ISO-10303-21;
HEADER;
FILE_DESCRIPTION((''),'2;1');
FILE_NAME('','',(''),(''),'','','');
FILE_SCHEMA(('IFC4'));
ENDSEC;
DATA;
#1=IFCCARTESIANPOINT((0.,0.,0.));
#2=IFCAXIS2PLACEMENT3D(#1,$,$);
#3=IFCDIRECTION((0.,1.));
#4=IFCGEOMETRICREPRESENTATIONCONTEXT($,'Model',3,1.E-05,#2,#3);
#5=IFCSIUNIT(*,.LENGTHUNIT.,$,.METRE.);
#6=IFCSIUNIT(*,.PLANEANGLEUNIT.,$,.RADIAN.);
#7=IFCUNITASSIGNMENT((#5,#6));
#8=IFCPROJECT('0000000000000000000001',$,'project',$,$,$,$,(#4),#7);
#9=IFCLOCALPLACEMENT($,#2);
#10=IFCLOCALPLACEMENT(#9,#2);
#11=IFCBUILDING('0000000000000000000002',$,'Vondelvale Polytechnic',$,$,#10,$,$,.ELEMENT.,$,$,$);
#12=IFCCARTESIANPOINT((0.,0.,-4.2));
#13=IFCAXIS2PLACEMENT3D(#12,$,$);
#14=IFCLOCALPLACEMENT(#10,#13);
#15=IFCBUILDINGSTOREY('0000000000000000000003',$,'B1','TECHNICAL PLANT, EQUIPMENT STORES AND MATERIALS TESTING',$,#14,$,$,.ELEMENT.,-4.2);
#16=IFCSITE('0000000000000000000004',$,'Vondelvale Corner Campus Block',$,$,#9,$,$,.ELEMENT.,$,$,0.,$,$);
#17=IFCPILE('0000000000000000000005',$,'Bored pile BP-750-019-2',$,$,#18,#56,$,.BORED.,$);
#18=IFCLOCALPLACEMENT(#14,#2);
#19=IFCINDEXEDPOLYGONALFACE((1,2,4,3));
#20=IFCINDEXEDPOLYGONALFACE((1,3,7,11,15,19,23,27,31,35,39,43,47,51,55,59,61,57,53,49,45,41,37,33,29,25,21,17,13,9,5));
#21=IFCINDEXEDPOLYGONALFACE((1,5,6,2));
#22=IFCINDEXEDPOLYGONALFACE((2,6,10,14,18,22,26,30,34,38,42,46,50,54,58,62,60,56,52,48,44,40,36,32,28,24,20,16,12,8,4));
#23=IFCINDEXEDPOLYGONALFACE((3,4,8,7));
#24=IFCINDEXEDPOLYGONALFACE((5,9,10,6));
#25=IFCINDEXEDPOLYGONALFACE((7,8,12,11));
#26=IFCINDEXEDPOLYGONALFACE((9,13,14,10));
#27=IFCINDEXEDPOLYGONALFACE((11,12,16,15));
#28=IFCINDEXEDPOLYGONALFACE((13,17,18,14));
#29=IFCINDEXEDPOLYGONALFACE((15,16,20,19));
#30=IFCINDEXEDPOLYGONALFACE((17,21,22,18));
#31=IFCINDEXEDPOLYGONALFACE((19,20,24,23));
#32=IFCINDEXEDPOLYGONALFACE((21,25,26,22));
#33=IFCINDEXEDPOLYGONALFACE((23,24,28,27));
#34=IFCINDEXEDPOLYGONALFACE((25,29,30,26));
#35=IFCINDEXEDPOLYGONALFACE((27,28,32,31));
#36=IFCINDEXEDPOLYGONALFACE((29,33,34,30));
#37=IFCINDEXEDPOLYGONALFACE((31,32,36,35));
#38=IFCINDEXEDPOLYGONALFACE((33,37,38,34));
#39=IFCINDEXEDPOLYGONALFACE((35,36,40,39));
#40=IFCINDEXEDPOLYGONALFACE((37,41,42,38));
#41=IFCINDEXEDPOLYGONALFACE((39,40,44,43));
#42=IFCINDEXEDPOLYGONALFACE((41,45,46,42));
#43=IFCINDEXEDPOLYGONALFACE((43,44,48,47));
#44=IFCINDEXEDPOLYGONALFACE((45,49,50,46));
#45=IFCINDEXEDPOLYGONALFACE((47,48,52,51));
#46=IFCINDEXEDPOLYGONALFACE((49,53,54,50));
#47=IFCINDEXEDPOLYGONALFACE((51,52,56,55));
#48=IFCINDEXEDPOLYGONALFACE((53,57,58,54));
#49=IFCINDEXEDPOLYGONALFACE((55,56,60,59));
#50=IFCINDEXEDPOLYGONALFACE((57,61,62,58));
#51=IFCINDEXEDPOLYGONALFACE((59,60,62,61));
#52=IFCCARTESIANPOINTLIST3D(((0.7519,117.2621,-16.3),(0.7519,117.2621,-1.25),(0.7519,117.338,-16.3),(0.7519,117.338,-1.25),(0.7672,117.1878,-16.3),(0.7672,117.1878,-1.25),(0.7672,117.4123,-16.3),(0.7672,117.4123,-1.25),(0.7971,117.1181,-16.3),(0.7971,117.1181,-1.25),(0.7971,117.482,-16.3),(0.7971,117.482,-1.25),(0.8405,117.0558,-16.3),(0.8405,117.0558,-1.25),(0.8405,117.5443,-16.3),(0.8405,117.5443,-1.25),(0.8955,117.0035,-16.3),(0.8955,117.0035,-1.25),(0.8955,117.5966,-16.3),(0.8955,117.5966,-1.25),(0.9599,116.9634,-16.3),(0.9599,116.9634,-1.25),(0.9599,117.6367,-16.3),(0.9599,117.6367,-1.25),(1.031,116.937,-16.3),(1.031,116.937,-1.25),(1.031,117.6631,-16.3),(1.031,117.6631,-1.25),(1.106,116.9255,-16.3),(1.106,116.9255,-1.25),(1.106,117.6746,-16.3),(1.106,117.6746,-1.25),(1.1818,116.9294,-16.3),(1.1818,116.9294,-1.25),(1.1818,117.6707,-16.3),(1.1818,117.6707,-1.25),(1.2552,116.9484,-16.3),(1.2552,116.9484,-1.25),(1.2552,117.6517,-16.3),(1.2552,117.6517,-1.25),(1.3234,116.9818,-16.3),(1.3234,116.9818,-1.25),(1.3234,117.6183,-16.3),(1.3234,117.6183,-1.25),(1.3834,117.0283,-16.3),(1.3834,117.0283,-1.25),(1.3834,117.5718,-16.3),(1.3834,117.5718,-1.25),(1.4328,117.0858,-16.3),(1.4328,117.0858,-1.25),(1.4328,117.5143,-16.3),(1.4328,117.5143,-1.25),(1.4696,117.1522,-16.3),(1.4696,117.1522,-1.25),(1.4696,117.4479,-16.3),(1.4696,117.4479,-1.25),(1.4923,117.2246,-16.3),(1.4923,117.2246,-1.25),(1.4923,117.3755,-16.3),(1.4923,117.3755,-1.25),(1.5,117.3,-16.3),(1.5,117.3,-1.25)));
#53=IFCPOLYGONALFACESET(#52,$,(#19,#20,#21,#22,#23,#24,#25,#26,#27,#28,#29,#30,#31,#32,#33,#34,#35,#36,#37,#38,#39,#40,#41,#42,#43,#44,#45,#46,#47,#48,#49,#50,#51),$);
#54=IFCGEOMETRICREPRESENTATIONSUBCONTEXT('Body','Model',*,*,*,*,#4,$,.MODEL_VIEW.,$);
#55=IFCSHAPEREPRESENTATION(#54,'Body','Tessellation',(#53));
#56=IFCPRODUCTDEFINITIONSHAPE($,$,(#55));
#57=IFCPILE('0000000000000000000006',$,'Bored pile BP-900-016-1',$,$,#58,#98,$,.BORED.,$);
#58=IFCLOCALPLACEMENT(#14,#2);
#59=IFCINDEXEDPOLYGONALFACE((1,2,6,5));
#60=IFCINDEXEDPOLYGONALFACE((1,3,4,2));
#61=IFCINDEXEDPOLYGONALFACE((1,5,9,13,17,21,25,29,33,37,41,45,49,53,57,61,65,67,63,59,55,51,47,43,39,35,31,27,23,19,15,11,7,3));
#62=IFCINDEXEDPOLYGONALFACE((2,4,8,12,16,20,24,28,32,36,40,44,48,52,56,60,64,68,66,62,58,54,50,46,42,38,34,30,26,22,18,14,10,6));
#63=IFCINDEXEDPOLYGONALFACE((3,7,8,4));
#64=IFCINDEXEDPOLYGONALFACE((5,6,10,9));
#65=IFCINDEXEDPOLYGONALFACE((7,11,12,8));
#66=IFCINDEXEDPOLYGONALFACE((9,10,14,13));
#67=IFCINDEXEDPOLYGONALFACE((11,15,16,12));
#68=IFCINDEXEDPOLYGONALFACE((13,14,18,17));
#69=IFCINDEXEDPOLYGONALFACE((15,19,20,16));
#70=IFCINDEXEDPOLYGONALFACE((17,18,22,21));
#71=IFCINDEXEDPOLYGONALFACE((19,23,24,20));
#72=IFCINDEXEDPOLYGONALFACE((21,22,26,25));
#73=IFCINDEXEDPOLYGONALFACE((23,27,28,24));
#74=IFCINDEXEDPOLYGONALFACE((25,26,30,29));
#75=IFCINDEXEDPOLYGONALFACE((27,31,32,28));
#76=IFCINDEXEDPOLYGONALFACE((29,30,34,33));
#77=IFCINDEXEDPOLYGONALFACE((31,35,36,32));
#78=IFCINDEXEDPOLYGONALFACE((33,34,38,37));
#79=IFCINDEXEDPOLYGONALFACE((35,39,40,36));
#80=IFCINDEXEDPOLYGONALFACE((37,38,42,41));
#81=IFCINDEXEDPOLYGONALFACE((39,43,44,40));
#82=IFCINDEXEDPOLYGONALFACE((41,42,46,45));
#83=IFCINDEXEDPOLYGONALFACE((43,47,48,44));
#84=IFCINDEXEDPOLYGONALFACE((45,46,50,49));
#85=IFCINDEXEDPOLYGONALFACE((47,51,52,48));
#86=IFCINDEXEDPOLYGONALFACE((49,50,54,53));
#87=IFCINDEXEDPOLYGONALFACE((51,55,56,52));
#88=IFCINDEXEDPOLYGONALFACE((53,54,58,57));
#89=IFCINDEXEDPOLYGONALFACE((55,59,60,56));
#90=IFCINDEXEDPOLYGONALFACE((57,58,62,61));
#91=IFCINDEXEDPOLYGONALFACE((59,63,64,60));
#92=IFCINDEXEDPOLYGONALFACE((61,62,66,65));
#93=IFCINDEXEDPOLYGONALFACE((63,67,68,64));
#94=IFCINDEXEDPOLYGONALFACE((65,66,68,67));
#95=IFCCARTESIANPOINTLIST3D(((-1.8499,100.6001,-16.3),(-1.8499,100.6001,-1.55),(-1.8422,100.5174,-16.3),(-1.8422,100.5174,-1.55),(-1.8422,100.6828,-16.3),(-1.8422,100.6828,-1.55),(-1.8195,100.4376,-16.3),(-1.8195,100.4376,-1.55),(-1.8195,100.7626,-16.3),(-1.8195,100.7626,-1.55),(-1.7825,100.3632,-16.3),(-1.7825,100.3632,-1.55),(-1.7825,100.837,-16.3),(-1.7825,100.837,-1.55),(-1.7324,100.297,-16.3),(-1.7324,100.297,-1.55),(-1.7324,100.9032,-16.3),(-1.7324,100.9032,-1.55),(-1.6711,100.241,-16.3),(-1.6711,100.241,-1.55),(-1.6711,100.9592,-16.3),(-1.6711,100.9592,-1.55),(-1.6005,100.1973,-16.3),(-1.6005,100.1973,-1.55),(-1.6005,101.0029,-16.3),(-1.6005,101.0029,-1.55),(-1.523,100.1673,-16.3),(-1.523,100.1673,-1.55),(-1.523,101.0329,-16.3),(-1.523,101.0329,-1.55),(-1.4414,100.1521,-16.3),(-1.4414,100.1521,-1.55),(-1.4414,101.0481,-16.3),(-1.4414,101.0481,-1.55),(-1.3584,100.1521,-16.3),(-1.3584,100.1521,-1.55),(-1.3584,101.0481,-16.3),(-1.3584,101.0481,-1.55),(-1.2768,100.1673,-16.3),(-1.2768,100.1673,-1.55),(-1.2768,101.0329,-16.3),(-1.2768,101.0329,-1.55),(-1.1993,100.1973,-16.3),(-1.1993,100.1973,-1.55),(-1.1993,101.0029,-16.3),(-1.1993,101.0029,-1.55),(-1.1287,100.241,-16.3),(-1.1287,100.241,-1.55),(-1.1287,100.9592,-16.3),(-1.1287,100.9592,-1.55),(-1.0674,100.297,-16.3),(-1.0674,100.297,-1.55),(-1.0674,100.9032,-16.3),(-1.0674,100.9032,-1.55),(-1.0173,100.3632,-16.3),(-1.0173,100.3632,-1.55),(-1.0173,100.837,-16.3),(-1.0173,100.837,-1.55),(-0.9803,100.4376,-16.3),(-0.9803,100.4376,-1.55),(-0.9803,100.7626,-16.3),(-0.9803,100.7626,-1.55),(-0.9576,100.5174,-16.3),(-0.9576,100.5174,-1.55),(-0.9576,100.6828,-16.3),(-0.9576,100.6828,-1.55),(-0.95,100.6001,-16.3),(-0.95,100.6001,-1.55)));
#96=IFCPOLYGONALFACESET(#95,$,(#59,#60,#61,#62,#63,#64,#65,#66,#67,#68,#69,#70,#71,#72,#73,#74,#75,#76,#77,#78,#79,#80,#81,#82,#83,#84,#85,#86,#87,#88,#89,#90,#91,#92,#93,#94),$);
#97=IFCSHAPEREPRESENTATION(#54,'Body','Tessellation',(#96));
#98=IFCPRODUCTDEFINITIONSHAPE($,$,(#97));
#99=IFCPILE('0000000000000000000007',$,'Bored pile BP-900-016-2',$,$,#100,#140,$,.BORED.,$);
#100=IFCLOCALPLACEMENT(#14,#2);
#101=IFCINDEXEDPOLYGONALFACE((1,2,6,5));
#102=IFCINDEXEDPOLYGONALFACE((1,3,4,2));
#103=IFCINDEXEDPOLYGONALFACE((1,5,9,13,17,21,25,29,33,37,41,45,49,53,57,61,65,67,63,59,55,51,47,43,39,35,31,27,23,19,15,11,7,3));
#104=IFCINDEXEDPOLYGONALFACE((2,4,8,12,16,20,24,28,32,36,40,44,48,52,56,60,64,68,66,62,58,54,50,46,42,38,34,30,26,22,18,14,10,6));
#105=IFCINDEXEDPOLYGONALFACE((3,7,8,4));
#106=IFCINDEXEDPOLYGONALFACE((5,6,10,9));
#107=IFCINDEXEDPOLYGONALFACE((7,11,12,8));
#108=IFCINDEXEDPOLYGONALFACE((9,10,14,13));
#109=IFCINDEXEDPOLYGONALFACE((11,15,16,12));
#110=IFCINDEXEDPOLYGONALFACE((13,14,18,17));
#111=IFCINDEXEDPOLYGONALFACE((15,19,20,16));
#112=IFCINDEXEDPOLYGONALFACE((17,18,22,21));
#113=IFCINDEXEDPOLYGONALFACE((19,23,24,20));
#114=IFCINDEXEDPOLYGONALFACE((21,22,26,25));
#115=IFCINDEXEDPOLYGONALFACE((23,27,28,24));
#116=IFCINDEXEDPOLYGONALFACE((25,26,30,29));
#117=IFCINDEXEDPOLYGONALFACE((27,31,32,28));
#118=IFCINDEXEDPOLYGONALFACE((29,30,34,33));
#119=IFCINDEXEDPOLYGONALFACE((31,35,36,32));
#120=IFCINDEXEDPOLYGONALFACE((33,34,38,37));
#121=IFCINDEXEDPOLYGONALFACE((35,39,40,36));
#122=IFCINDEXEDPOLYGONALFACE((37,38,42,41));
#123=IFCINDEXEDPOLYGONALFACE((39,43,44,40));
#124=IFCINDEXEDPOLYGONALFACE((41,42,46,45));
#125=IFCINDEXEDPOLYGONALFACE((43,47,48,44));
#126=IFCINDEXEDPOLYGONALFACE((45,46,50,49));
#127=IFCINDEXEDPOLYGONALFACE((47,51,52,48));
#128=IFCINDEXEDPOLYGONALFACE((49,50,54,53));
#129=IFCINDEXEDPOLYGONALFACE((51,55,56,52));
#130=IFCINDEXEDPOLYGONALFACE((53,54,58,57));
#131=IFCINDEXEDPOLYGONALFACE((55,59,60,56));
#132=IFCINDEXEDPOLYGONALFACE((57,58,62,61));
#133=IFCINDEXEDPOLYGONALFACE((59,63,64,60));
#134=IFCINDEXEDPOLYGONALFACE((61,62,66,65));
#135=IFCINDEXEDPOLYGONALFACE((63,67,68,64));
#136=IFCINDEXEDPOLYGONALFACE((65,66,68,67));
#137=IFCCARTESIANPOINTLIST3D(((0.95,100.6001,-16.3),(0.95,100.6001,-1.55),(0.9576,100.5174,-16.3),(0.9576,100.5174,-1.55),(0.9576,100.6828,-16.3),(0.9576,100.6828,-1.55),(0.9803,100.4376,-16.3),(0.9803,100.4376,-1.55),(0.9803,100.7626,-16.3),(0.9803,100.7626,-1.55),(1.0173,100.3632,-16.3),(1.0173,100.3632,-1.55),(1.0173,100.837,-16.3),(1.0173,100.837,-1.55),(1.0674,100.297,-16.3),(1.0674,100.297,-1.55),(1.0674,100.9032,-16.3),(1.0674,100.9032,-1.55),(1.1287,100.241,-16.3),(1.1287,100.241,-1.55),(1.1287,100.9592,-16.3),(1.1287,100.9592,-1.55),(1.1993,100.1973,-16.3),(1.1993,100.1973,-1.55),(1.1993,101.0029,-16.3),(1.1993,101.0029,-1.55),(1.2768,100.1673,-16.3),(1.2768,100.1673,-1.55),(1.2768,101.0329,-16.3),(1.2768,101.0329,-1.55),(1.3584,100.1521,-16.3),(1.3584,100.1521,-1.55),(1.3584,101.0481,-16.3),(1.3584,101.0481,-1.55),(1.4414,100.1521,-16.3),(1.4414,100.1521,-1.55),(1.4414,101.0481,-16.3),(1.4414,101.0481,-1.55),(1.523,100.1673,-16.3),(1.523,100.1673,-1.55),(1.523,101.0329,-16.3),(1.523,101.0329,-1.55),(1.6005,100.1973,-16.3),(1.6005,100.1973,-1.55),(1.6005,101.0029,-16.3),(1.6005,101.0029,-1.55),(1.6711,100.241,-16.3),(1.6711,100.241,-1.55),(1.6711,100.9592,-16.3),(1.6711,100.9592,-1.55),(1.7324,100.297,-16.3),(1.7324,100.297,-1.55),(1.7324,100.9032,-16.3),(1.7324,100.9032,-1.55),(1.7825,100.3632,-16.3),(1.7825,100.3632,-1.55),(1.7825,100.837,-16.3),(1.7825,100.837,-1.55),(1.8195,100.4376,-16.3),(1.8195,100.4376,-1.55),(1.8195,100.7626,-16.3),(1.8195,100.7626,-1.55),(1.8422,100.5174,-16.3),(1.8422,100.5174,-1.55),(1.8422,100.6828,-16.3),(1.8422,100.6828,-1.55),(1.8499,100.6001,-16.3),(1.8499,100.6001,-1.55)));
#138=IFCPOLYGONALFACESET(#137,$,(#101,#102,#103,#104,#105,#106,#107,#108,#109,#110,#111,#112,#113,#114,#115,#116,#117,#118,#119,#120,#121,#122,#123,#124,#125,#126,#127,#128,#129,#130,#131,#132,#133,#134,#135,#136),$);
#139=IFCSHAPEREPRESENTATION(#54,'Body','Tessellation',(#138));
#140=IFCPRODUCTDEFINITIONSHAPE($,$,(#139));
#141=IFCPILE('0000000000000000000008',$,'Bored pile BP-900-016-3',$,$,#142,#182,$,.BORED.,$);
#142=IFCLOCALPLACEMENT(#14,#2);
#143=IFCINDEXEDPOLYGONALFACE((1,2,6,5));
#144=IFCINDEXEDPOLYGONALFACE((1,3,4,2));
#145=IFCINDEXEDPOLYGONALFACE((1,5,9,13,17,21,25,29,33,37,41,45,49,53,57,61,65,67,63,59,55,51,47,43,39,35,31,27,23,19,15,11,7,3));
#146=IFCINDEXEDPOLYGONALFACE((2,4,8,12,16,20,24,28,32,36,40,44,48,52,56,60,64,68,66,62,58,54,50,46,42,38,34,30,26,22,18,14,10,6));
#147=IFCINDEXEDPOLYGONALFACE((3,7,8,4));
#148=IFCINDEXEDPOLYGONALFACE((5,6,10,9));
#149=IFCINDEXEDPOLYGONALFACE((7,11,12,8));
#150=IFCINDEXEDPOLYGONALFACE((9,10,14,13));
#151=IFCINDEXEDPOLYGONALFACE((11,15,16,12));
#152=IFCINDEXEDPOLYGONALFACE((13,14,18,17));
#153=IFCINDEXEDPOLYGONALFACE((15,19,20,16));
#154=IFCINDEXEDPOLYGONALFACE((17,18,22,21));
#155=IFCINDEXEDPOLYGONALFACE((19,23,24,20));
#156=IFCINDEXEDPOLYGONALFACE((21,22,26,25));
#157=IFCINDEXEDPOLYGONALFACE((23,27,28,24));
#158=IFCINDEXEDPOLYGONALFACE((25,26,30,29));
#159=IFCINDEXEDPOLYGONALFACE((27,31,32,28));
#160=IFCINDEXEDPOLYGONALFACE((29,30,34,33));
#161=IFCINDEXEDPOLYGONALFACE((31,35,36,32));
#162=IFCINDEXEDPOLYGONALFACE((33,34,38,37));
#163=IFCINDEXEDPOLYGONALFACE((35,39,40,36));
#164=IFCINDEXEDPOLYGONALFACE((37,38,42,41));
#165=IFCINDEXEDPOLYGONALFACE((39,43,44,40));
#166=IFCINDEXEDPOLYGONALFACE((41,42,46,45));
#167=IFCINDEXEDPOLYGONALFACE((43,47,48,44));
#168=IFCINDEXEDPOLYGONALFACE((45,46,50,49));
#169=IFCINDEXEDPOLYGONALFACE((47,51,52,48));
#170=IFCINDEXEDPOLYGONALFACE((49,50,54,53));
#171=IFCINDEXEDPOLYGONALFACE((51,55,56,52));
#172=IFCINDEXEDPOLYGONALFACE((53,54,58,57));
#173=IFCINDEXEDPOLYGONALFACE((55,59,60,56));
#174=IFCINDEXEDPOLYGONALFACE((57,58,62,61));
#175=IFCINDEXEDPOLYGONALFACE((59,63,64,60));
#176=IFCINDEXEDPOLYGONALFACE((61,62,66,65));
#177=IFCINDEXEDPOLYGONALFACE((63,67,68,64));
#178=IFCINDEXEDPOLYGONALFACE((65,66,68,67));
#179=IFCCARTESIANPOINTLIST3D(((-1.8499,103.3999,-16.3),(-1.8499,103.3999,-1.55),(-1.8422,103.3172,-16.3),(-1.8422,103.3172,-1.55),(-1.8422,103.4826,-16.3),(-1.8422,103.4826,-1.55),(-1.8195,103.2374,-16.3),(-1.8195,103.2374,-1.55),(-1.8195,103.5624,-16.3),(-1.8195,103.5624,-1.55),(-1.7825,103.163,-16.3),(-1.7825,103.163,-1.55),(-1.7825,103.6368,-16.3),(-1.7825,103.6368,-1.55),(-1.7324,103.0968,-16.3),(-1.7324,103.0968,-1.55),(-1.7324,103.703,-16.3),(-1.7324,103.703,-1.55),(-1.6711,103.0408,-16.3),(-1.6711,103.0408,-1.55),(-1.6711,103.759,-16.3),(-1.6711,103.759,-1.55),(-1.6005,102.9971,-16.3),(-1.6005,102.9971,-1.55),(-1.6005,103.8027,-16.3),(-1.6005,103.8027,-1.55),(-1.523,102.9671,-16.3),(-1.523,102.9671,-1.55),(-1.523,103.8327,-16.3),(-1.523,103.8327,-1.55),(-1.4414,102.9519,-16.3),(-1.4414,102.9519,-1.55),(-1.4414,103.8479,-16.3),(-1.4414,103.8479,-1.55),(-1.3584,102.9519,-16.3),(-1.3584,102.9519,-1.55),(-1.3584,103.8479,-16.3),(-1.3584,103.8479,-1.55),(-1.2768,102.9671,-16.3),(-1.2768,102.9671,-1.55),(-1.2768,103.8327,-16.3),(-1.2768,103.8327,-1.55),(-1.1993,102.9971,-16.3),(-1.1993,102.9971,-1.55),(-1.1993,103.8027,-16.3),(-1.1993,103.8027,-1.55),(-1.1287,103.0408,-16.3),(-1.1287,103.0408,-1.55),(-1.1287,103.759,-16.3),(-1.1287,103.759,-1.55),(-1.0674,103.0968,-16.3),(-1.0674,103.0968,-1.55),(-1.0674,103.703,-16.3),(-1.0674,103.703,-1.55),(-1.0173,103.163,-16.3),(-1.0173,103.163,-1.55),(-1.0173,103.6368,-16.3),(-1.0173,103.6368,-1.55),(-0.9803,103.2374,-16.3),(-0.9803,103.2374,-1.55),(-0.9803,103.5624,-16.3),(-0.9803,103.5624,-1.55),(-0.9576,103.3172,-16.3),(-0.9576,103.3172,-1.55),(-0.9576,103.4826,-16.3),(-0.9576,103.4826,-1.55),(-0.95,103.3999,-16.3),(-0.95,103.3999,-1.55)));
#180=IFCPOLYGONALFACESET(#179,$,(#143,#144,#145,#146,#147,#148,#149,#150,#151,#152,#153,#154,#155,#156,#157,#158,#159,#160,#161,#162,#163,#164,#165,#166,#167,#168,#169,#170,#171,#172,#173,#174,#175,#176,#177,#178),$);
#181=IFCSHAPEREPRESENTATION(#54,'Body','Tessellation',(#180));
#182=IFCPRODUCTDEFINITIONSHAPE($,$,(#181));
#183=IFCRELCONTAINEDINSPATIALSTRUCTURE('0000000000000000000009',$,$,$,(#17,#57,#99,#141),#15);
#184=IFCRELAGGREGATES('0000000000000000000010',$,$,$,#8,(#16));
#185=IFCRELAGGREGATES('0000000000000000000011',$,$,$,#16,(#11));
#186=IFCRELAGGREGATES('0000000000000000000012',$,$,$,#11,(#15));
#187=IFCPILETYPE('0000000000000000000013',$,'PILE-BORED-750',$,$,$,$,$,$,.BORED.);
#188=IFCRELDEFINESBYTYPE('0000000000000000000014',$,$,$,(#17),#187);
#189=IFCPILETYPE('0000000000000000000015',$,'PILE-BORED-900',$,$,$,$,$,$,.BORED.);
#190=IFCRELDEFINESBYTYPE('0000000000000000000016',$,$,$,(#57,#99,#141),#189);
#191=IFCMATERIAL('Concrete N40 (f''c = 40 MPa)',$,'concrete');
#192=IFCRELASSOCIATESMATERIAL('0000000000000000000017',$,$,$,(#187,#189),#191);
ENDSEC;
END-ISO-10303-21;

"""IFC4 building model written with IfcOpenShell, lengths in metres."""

from ifc_helpers import new_model, si_unit, direction, frame, origin, origin_2d, place, context, subcontext, project, spatial, circle, extrude, material, material_profile, profile_set, type_object, element, save


model = new_model("IFC4")

# Units and contexts
model_context = context("Model", 3, precision=1e-05, world=origin(), true_north=direction((0.0, 1.0)))
body_context = subcontext(model_context, "Body", "Model", "MODEL_VIEW")
ifc_project = project(units=[si_unit("LENGTHUNIT", "METRE"), si_unit("PLANEANGLEUNIT", "RADIAN")], contexts=[model_context])

# Site, building, storey
site_placement = place(None, origin())
site = spatial("IfcSite", under=ifc_project, at=site_placement, Name="Vondelvale Corner Campus Block", CompositionType="ELEMENT", RefElevation=0.0)
building_placement = place(site_placement, origin())
building = spatial("IfcBuilding", under=site, at=building_placement, Name="Vondelvale Polytechnic", CompositionType="ELEMENT")
storey_placement = place(building_placement, frame((0.0, 0.0, -4.2)))
storey = spatial("IfcBuildingStorey", under=building, at=storey_placement, Name="B1", Description="TECHNICAL PLANT, EQUIPMENT STORES AND MATERIALS TESTING", CompositionType="ELEMENT", Elevation=-4.2)

# Shared definitions
ifc_material_1 = material(Name="Concrete N40 (f'c = 40 MPa)", Category="concrete")

# Piles
ifc_material_profile_1 = material_profile(ifc_material_1, circle(Radius=0.375, at=origin_2d()), Name="PILE-D750")
ifc_profile_set_1 = profile_set([ifc_material_profile_1], Name="Concrete N40 (f'c = 40 MPa)")
pile_type_1 = type_object("IfcPileType", Name="PILE-BORED-750", PredefinedType="BORED", material=ifc_profile_set_1)
for number, where, z_axis, x_axis, name in (
    (1, (1.125, 117.3, -1.25), (0.0, 0.0, -1.0), (1.0, 0.0, 0.0), "Bored pile BP-750-019-2"),
):
    element("IfcPile", number, at=place(storey_placement, frame(where, z_axis=z_axis, x_axis=x_axis)), inside=storey, type_object=pile_type_1, Name=name, PredefinedType="BORED", context=body_context, shape_type="SweptSolid", body=[
        extrude(circle(Radius=0.375, at=origin_2d()), origin(), (0.0, 0.0, 1.0), 15.05),
    ])
ifc_material_profile_2 = material_profile(ifc_material_1, circle(Radius=0.45, at=origin_2d()), Name="PILE-D900")
ifc_profile_set_2 = profile_set([ifc_material_profile_2], Name="Concrete N40 (f'c = 40 MPa)")
pile_type_2 = type_object("IfcPileType", Name="PILE-BORED-900", PredefinedType="BORED", material=ifc_profile_set_2)
for number, where, z_axis, x_axis, name in (
    (2, (-1.3999, 100.6001, -1.55), (0.0, 0.0, -1.0), (1.0, 0.0, 0.0), "Bored pile BP-900-016-1"),
    (3, (1.3999, 100.6001, -1.55), (0.0, 0.0, -1.0), (1.0, 0.0, 0.0), "Bored pile BP-900-016-2"),
    (4, (-1.3999, 103.3999, -1.55), (0.0, 0.0, -1.0), (1.0, 0.0, 0.0), "Bored pile BP-900-016-3"),
):
    element("IfcPile", number, at=place(storey_placement, frame(where, z_axis=z_axis, x_axis=x_axis)), inside=storey, type_object=pile_type_2, Name=name, PredefinedType="BORED", context=body_context, shape_type="SweptSolid", body=[
        extrude(circle(Radius=0.45, at=origin_2d()), origin(), (0.0, 0.0, 1.0), 14.75),
    ])

save(model, "model.ifc")
